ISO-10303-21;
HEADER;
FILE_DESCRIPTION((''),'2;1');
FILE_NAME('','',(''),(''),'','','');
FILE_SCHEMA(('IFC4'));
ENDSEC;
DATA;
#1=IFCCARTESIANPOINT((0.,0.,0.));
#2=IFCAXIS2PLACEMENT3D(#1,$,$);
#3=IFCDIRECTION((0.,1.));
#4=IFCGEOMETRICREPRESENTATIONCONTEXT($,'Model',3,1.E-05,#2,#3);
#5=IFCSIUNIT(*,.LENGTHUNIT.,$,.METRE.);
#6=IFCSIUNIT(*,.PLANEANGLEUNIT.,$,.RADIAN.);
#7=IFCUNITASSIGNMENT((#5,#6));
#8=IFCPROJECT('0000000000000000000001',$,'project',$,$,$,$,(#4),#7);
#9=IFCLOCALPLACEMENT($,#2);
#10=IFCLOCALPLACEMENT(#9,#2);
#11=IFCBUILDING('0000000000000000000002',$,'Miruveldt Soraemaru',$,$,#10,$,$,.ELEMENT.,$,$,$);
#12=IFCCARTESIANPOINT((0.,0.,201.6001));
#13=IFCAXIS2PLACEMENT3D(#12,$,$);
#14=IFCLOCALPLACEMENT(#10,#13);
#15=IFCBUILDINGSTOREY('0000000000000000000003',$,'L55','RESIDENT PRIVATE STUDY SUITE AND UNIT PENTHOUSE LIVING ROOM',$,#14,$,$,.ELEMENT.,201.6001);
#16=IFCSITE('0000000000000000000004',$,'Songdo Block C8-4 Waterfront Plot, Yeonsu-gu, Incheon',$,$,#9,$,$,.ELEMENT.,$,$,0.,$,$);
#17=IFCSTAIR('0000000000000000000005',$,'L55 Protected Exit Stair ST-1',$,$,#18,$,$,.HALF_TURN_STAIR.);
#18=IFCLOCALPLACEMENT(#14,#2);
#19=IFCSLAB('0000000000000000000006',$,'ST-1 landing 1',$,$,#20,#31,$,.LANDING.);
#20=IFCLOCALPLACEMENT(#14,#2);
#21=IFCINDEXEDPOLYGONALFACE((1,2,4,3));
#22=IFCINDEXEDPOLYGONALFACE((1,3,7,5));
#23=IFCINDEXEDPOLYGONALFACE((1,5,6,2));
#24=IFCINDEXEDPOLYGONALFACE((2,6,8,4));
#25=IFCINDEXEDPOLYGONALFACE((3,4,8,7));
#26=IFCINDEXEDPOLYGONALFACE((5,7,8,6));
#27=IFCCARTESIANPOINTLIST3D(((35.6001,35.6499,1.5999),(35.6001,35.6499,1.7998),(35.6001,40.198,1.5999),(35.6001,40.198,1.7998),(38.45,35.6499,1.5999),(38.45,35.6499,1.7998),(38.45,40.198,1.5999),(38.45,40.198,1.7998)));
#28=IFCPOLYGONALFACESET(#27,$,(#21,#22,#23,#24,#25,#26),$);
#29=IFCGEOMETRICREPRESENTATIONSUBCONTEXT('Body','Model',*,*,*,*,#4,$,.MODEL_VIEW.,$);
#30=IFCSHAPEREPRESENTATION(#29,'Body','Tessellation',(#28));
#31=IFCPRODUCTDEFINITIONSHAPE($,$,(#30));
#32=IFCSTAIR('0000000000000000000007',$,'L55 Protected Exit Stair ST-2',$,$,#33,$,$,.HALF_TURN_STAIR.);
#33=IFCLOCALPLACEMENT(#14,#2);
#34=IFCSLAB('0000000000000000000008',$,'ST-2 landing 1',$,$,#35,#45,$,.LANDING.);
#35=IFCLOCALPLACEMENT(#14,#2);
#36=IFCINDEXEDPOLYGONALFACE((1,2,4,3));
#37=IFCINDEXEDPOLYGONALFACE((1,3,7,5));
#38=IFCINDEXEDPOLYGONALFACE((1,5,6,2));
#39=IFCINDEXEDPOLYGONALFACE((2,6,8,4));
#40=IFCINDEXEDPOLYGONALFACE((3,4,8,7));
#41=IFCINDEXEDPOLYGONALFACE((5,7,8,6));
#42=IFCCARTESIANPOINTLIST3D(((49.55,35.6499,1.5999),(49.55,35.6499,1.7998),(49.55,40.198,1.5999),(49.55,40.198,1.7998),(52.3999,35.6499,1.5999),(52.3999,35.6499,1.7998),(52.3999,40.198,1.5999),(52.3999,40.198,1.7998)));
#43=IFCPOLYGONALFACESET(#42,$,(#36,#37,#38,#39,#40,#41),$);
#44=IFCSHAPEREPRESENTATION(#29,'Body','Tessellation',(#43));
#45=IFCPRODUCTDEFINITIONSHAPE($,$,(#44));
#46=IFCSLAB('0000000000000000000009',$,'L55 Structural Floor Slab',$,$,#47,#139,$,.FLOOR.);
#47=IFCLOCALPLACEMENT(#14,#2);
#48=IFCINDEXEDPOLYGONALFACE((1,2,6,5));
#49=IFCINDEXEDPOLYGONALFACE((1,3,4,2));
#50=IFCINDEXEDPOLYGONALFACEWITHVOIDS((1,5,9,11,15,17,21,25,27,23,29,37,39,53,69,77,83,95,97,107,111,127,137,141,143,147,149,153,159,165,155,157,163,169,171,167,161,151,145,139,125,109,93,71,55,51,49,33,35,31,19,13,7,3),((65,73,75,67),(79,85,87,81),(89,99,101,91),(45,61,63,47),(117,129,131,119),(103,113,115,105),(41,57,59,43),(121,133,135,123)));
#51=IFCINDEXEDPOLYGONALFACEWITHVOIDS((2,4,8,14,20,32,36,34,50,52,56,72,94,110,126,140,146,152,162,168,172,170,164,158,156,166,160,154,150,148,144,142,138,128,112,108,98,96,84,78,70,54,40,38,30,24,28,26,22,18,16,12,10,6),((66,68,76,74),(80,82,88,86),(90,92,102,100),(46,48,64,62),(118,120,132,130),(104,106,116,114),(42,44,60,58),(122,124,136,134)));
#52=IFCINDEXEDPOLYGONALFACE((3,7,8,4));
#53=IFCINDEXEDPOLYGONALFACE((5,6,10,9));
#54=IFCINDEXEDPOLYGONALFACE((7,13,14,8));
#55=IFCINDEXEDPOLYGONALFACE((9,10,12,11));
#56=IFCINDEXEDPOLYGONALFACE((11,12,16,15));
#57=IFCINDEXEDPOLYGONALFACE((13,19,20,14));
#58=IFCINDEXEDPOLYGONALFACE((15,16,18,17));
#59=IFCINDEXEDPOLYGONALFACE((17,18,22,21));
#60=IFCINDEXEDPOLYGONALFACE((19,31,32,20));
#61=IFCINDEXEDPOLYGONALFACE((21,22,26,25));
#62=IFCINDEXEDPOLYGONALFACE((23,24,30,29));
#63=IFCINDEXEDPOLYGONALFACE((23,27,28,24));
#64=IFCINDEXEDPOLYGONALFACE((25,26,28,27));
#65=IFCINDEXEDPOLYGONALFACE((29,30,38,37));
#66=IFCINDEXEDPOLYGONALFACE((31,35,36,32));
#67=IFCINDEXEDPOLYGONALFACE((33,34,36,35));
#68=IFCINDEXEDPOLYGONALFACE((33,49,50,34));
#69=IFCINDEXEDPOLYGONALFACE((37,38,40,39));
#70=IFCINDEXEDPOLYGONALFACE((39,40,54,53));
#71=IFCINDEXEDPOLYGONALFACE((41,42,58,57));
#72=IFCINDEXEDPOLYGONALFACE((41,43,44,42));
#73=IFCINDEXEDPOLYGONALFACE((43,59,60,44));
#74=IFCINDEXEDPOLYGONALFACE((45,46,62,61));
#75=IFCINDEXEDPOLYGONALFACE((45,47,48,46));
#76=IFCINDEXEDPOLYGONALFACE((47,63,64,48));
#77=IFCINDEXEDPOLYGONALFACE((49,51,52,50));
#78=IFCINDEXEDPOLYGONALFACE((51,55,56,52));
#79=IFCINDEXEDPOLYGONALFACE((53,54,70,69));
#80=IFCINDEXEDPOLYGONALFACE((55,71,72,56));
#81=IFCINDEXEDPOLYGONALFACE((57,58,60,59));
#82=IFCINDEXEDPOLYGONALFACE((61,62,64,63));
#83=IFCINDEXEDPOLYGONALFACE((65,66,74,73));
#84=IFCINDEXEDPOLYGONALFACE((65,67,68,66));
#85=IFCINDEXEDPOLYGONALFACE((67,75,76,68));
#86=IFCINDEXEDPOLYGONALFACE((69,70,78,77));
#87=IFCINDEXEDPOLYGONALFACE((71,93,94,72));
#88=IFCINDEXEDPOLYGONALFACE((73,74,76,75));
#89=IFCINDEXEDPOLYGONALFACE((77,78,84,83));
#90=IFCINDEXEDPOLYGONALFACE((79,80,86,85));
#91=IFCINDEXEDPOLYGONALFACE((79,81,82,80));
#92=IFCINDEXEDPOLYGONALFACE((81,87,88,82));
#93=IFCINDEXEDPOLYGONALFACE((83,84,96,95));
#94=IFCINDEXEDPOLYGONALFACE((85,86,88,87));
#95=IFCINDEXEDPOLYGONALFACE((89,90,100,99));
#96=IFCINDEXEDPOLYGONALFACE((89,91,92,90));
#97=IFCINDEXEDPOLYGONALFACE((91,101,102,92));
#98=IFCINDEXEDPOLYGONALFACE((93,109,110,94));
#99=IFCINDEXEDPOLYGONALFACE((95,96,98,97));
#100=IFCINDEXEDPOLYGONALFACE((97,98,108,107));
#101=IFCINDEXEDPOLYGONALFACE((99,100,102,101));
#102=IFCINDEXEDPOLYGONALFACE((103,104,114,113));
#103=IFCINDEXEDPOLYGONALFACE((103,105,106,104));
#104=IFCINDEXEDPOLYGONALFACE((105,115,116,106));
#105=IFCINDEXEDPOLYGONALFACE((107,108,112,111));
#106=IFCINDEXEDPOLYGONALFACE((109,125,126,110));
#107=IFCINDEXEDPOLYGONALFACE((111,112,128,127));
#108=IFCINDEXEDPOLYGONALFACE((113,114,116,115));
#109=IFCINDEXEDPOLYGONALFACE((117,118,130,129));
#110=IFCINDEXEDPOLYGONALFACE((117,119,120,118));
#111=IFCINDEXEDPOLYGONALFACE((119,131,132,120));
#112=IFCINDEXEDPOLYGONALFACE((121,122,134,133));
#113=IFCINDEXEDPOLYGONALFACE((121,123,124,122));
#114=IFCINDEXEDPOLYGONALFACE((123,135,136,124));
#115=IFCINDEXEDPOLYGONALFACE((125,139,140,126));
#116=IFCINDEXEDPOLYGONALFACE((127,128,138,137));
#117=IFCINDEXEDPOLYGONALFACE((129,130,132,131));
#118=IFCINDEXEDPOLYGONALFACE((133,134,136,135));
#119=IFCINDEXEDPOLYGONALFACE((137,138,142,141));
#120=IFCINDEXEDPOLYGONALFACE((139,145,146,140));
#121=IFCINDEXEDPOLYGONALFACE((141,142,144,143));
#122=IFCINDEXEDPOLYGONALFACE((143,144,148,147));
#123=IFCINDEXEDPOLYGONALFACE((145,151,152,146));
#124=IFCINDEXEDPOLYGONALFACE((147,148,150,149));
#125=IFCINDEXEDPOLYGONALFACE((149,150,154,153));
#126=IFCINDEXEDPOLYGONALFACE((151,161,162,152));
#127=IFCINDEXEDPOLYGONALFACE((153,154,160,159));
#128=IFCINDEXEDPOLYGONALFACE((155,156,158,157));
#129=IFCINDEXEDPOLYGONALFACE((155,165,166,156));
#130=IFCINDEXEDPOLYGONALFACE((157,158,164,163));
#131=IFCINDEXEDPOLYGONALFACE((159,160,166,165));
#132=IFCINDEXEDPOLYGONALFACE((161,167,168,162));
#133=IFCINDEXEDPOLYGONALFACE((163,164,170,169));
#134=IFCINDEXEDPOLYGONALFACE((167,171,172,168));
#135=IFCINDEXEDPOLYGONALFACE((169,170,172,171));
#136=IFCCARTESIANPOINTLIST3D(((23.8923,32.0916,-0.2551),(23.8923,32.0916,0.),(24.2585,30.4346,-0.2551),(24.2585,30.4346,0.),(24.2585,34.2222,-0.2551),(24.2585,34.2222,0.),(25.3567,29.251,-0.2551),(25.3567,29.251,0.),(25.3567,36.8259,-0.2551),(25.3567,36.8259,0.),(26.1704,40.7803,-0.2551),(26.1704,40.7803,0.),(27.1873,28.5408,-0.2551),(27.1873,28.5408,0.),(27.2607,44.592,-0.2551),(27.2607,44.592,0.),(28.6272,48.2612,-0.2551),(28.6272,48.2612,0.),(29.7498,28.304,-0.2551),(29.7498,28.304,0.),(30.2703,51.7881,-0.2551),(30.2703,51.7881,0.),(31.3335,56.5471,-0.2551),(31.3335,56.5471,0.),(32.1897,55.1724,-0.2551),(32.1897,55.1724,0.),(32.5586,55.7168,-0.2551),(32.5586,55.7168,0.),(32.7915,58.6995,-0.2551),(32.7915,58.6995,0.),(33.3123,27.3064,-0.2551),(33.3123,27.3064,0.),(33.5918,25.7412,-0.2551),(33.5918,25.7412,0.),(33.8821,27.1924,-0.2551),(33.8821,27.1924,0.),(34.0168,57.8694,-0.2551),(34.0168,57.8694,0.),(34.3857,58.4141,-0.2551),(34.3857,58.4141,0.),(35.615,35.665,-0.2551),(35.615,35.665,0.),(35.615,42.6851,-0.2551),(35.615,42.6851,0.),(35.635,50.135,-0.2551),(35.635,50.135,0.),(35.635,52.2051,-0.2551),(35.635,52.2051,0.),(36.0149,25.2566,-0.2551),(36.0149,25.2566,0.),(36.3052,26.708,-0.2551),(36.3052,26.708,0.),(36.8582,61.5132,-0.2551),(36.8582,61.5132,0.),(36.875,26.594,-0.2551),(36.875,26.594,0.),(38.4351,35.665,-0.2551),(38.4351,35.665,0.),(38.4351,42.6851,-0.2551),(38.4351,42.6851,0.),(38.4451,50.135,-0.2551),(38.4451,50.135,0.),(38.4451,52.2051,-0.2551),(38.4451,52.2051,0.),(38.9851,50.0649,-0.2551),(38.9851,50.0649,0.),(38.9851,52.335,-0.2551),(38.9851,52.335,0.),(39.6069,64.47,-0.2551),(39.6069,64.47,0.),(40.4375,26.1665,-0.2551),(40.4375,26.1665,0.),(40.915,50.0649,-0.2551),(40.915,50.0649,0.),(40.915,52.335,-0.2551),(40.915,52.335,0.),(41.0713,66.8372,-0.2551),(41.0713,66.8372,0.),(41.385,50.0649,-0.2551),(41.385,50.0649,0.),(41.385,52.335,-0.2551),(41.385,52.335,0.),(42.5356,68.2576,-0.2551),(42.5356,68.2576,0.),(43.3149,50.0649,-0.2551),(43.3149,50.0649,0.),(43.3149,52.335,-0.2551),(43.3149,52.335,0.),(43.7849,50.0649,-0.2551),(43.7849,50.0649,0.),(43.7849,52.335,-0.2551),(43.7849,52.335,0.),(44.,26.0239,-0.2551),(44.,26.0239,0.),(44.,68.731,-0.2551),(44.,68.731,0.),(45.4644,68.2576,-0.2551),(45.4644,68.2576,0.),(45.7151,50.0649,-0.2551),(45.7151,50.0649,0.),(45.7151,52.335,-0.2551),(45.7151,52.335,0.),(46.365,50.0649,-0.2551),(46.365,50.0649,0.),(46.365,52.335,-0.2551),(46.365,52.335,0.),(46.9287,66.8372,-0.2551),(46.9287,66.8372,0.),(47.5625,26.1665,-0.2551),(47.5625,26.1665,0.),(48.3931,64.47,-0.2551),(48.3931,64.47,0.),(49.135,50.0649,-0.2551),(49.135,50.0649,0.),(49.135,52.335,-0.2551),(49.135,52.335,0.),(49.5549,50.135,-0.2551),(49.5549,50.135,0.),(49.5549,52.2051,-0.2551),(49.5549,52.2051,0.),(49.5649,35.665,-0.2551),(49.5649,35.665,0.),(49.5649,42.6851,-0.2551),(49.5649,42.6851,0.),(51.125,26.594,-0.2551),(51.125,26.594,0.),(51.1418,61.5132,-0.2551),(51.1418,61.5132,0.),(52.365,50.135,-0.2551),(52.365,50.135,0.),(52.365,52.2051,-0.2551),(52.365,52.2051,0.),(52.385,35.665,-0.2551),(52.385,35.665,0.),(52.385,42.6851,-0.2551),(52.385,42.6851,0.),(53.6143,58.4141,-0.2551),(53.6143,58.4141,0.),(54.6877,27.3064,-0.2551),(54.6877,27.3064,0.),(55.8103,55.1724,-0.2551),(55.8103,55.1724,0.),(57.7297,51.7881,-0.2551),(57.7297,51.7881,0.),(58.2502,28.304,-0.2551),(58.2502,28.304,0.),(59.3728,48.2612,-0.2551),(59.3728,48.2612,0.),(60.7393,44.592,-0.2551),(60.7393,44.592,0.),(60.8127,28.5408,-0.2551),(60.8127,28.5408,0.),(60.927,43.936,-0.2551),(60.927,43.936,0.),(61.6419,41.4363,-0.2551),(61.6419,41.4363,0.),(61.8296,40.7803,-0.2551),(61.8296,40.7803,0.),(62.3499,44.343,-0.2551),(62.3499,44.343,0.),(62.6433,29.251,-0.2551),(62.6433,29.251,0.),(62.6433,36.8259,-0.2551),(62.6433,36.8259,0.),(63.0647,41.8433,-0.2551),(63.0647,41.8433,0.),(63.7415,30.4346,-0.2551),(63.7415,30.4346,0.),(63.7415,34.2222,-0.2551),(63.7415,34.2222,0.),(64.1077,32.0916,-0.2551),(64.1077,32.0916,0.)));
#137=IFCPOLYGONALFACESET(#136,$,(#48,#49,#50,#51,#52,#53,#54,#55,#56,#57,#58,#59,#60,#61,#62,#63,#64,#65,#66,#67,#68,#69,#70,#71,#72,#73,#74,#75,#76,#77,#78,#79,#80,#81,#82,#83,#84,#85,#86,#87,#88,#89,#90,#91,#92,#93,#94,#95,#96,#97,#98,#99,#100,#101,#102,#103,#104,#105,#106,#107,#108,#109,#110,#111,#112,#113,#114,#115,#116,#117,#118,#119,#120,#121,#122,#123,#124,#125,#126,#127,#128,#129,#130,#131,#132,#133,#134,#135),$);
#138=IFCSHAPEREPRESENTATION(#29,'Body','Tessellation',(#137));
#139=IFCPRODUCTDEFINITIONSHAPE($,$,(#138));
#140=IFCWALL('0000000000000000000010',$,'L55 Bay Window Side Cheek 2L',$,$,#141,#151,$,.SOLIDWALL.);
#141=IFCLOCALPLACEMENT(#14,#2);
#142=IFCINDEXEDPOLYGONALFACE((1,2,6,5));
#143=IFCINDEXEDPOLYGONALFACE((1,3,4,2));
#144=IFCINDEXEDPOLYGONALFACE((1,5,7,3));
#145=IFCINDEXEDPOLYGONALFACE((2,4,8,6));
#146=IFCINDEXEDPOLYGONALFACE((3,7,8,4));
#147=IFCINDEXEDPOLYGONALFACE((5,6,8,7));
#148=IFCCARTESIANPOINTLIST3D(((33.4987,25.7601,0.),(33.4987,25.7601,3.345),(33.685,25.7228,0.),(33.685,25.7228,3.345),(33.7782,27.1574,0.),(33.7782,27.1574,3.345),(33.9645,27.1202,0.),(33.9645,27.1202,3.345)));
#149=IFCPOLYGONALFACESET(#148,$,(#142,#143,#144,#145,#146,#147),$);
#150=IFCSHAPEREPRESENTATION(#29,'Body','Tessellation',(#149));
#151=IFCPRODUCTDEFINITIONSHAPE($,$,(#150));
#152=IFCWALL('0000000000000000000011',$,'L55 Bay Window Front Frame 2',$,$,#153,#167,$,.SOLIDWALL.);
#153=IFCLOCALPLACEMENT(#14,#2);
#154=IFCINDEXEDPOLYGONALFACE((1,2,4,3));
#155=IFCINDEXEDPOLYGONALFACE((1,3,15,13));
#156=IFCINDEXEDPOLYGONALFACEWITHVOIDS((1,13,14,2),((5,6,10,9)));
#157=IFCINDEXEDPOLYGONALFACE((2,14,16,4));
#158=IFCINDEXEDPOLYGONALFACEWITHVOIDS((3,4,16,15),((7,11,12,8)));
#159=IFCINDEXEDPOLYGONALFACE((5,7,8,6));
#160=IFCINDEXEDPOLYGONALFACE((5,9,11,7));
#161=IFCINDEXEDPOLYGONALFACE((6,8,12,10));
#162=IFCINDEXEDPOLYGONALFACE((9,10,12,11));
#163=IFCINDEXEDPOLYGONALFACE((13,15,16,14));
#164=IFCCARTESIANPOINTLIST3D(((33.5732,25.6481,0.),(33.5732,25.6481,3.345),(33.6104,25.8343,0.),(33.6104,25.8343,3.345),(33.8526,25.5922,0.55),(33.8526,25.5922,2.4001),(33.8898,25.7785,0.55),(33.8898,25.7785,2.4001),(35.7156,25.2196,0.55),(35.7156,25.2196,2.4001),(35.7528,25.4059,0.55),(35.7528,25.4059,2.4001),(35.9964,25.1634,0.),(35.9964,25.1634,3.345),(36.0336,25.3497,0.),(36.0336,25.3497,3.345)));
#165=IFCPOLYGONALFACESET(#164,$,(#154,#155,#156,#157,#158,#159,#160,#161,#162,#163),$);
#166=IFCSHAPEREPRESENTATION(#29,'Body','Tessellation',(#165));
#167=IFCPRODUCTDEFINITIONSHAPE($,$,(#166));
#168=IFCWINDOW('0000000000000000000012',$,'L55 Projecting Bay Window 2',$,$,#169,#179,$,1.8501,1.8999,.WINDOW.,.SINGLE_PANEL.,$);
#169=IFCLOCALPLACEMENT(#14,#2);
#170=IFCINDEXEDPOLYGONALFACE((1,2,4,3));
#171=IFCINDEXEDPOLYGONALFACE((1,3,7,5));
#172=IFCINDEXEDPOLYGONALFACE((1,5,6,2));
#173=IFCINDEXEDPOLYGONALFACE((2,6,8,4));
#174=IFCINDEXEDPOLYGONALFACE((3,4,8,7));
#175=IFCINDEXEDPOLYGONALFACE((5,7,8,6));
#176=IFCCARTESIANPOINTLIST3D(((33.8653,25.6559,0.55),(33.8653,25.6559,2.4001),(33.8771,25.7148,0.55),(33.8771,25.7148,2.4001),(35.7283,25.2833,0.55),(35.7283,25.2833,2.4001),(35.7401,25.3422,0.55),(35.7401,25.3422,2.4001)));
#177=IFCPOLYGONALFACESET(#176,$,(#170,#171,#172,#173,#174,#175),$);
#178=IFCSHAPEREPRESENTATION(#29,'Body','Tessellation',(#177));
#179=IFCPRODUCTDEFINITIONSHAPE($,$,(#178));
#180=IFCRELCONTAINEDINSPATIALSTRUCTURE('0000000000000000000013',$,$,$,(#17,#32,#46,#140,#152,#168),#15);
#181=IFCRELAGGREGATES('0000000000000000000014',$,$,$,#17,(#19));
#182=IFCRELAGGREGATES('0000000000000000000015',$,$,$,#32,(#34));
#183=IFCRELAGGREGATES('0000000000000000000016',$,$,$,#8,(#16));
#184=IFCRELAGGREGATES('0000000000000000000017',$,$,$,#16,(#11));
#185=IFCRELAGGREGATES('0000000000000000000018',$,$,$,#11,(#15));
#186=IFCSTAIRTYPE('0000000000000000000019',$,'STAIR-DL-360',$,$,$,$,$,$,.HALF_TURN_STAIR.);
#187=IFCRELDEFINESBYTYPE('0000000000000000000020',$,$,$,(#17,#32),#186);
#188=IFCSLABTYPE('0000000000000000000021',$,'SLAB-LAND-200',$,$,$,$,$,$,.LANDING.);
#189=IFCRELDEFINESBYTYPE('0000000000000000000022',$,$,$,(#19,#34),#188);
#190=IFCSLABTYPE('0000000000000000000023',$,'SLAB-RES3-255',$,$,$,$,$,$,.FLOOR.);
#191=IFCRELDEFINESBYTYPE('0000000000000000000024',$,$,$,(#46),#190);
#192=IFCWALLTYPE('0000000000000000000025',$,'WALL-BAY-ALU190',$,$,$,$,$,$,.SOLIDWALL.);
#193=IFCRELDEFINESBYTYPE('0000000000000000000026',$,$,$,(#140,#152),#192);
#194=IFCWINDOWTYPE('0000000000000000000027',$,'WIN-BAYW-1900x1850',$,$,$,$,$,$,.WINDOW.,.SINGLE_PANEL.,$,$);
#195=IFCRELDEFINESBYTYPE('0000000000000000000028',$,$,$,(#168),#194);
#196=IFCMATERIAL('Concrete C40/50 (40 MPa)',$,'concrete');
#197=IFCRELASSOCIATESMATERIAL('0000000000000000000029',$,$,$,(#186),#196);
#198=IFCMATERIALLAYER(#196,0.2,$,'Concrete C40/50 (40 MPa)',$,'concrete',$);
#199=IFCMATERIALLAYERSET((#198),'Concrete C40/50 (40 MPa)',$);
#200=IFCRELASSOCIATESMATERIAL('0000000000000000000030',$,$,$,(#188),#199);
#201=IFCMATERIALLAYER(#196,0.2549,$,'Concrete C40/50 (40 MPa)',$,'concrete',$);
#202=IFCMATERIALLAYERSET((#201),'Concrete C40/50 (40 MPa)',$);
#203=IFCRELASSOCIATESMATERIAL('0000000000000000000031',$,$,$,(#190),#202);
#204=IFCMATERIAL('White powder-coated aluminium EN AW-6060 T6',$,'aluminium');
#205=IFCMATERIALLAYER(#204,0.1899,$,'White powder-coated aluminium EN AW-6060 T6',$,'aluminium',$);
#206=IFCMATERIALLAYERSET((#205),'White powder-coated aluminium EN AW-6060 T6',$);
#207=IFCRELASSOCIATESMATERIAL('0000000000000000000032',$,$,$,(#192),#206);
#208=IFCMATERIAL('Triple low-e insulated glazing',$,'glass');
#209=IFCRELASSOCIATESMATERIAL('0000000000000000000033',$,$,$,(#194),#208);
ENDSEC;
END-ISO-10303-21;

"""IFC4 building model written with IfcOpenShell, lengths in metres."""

from ifc_helpers import new_model, si_unit, direction, frame, frame_2d, origin, place, context, subcontext, project, spatial, polyline, rectangle, outline, extrude, material, layer, layer_set, type_object, element, fill, aggregate, save


model = new_model("IFC4")

# Units and contexts
model_context = context("Model", 3, precision=1e-05, world=origin(), true_north=direction((0.0, 1.0)))
body_context = subcontext(model_context, "Body", "Model", "MODEL_VIEW")
ifc_project = project(units=[si_unit("LENGTHUNIT", "METRE"), si_unit("PLANEANGLEUNIT", "RADIAN")], contexts=[model_context])

# Site, building, storey
site_placement = place(None, origin())
site = spatial("IfcSite", under=ifc_project, at=site_placement, Name="Songdo Block C8-4 Waterfront Plot, Yeonsu-gu, Incheon", CompositionType="ELEMENT", RefElevation=0.0)
building_placement = place(site_placement, origin())
building = spatial("IfcBuilding", under=site, at=building_placement, Name="Miruveldt Soraemaru", CompositionType="ELEMENT")
storey_placement = place(building_placement, frame((0.0, 0.0, 201.6001)))
storey = spatial("IfcBuildingStorey", under=building, at=storey_placement, Name="L55", Description="RESIDENT PRIVATE STUDY SUITE AND UNIT PENTHOUSE LIVING ROOM", CompositionType="ELEMENT", Elevation=201.6001)

# Stairs, slabs
ifc_material_1 = material(Name="Concrete C40/50 (40 MPa)", Category="concrete")
stair_type = type_object("IfcStairType", Name="STAIR-DL-360", PredefinedType="HALF_TURN_STAIR", material=ifc_material_1)
stair_1_placement = place(storey_placement, origin())
stair_1 = element("IfcStair", 1, at=stair_1_placement, inside=storey, type_object=stair_type, Name="L55 Protected Exit Stair ST-1", PredefinedType="HALF_TURN_STAIR")
ifc_layer_1 = layer(ifc_material_1, 0.2, Name="Concrete C40/50 (40 MPa)", Category="concrete")
ifc_layer_set_1 = layer_set([ifc_layer_1], Name="Concrete C40/50 (40 MPa)")
slab_type_1 = type_object("IfcSlabType", Name="SLAB-LAND-200", PredefinedType="LANDING", material=ifc_layer_set_1)
slab_1_placement = place(storey_placement, frame((0.0, 0.0, 1.5999)))
slab_1 = element("IfcSlab", 2, at=slab_1_placement, type_object=slab_type_1, Name="ST-1 landing 1", PredefinedType="LANDING", context=body_context, shape_type="SweptSolid", body=[
    extrude(outline(polyline([(35.6001, 40.198), (35.6001, 35.6499), (38.45, 35.6499), (38.45, 40.198), (35.6001, 40.198)])), origin(), (0.0, 0.0, 1.0), 0.2),
])
aggregate(stair_1, [slab_1])
stair_2_placement = place(storey_placement, origin())
stair_2 = element("IfcStair", 3, at=stair_2_placement, inside=storey, type_object=stair_type, Name="L55 Protected Exit Stair ST-2", PredefinedType="HALF_TURN_STAIR")
slab_2_placement = place(storey_placement, frame((0.0, 0.0, 1.5999)))
slab_2 = element("IfcSlab", 4, at=slab_2_placement, type_object=slab_type_1, Name="ST-2 landing 1", PredefinedType="LANDING", context=body_context, shape_type="SweptSolid", body=[
    extrude(outline(polyline([(49.55, 40.198), (49.55, 35.6499), (52.3999, 35.6499), (52.3999, 40.198), (49.55, 40.198)])), origin(), (0.0, 0.0, 1.0), 0.2),
])
aggregate(stair_2, [slab_2])

# Slab
ifc_layer_2 = layer(ifc_material_1, 0.2549, Name="Concrete C40/50 (40 MPa)", Category="concrete")
ifc_layer_set_2 = layer_set([ifc_layer_2], Name="Concrete C40/50 (40 MPa)")
slab_type_2 = type_object("IfcSlabType", Name="SLAB-RES3-255", PredefinedType="FLOOR", material=ifc_layer_set_2)
slab_3_placement = place(storey_placement, frame((0.0, 0.0, -0.2551)))
element("IfcSlab", 5, at=slab_3_placement, inside=storey, type_object=slab_type_2, Name="L55 Structural Floor Slab", PredefinedType="FLOOR", context=body_context, shape_type="SweptSolid", body=[
    extrude(outline(polyline([(33.5918, 25.7412), (33.8821, 27.1924), (35.0935, 26.9502), (33.3123, 27.3064), (29.7498, 28.304), (27.1873, 28.5408), (25.3567, 29.251), (24.2585, 30.4346), (23.8923, 32.0916), (24.2585, 34.2222), (25.3567, 36.8259), (26.1704, 40.7803), (27.2607, 44.592), (28.6272, 48.2612), (30.2703, 51.7881), (32.1897, 55.1724), (33.2878, 56.7932), (32.5586, 55.7168), (31.3335, 56.5471), (32.7915, 58.6995), (34.0168, 57.8694), (34.3857, 58.4141), (36.8582, 61.5132), (39.6069, 64.47), (41.0713, 66.8372), (42.5356, 68.2576), (44.0, 68.731), (45.4644, 68.2576), (46.9287, 66.8372), (48.3931, 64.47), (51.1418, 61.5132), (53.6143, 58.4141), (55.8103, 55.1724), (57.7297, 51.7881), (59.3728, 48.2612), (60.7393, 44.592), (60.927, 43.936), (62.3499, 44.343), (63.0647, 41.8433), (61.6418, 41.4363), (61.2844, 42.6863), (61.8296, 40.7803), (62.6433, 36.8259), (63.7415, 34.2222), (64.1077, 32.0916), (63.7415, 30.4346), (62.6433, 29.251), (60.8127, 28.5408), (58.2502, 28.304), (54.6877, 27.3064), (51.125, 26.594), (47.5625, 26.1665), (44.0, 26.0239), (40.4375, 26.1665), (36.875, 26.594), (36.3052, 26.708), (36.0149, 25.2566), (33.5918, 25.7412)]), holes=[polyline([(35.615, 35.665), (38.4351, 35.665), (38.4351, 42.6851), (35.615, 42.6851), (35.615, 35.665)]), polyline([(49.5649, 35.665), (52.385, 35.665), (52.385, 42.6851), (49.5649, 42.6851), (49.5649, 35.665)]), polyline([(38.4451, 50.135), (38.4451, 52.2051), (35.635, 52.2051), (35.635, 50.135), (38.4451, 50.135)]), polyline([(52.365, 50.135), (52.365, 52.2051), (49.5549, 52.2051), (49.5549, 50.135), (52.365, 50.135)]), polyline([(40.915, 50.0649), (40.915, 52.335), (38.9851, 52.335), (38.9851, 50.0649), (40.915, 50.0649)]), polyline([(43.3149, 50.0649), (43.3149, 52.335), (41.385, 52.335), (41.385, 50.0649), (43.3149, 50.0649)]), polyline([(45.7151, 50.0649), (45.7151, 52.335), (43.7849, 52.335), (43.7849, 50.0649), (45.7151, 50.0649)]), polyline([(49.135, 50.0649), (49.135, 52.335), (46.365, 52.335), (46.365, 50.0649), (49.135, 50.0649)])]), origin(), (0.0, 0.0, 1.0), 0.2551),
])

# Wall
ifc_material_2 = material(Name="White powder-coated aluminium EN AW-6060 T6", Category="aluminium")
ifc_layer_3 = layer(ifc_material_2, 0.1899, Name="White powder-coated aluminium EN AW-6060 T6", Category="aluminium")
ifc_layer_set_3 = layer_set([ifc_layer_3], Name="White powder-coated aluminium EN AW-6060 T6")
wall_type_1 = type_object("IfcWallType", Name="WALL-BAY-ALU190", PredefinedType="SOLIDWALL", material=ifc_layer_set_3)
wall_1_placement = place(storey_placement, frame((33.8713, 27.1387, 0.0), z_axis=(0.0, 0.0, 1.0), x_axis=(-0.196149, -0.980574, 0.0)))
element("IfcWall", 6, at=wall_1_placement, inside=storey, type_object=wall_type_1, Name="L55 Bay Window Side Cheek 2L", PredefinedType="SOLIDWALL", context=body_context, shape_type="SweptSolid", body=[
    extrude(rectangle(XDim=1.425, YDim=0.1899, at=frame_2d((0.7124, 0.0))), origin(), (0.0, 0.0, 1.0), 3.345),
])

# Wall, opening, window
wall_2_placement = place(storey_placement, frame((33.5918, 25.7412, 0.0), z_axis=(0.0, 0.0, 1.0), x_axis=(0.980581, -0.196116, 0.0)))
wall_2 = element("IfcWall", 7, at=wall_2_placement, inside=storey, type_object=wall_type_1, Name="L55 Bay Window Front Frame 2", PredefinedType="SOLIDWALL", context=body_context, shape_type="SweptSolid", body=[
    extrude(rectangle(XDim=2.4712, YDim=0.1899, at=frame_2d((1.2356, 0.0))), origin(), (0.0, 0.0, 1.0), 3.345),
])
opening_1_placement = place(wall_2_placement, frame((0.2849, 0.0, 0.55)))
opening_1 = element("IfcOpeningElement", 8, at=opening_1_placement, cuts=wall_2, PredefinedType="OPENING", context=body_context, shape_type="SweptSolid", body=[
    extrude(rectangle(XDim=1.8999, YDim=1.8501, at=frame_2d((0.95, 0.925))), frame((0.0, 0.105, 0.0), z_axis=(0.0, -1.0, 0.0), x_axis=(1.0, 0.0, 0.0)), (0.0, 0.0, 1.0), 0.21),
])
ifc_material_3 = material(Name="Triple low-e insulated glazing", Category="glass")
window_type_1 = type_object("IfcWindowType", Name="WIN-BAYW-1900x1850", PartitioningType="SINGLE_PANEL", PredefinedType="WINDOW", material=ifc_material_3)
window_1_placement = place(opening_1_placement, origin())
window_1 = element("IfcWindow", 9, at=window_1_placement, inside=storey, type_object=window_type_1, Name="L55 Projecting Bay Window 2", OverallHeight=1.8501, OverallWidth=1.8999, PartitioningType="SINGLE_PANEL", PredefinedType="WINDOW", context=body_context, shape_type="SweptSolid", body=[
    extrude(rectangle(XDim=1.8999, YDim=1.8501, at=frame_2d((0.95, 0.925))), frame((0.0, 0.03, 0.0), z_axis=(0.0, -1.0, 0.0), x_axis=(1.0, 0.0, 0.0)), (0.0, 0.0, 1.0), 0.0601),
])
fill(opening_1, window_1)

save(model, "model.ifc")
